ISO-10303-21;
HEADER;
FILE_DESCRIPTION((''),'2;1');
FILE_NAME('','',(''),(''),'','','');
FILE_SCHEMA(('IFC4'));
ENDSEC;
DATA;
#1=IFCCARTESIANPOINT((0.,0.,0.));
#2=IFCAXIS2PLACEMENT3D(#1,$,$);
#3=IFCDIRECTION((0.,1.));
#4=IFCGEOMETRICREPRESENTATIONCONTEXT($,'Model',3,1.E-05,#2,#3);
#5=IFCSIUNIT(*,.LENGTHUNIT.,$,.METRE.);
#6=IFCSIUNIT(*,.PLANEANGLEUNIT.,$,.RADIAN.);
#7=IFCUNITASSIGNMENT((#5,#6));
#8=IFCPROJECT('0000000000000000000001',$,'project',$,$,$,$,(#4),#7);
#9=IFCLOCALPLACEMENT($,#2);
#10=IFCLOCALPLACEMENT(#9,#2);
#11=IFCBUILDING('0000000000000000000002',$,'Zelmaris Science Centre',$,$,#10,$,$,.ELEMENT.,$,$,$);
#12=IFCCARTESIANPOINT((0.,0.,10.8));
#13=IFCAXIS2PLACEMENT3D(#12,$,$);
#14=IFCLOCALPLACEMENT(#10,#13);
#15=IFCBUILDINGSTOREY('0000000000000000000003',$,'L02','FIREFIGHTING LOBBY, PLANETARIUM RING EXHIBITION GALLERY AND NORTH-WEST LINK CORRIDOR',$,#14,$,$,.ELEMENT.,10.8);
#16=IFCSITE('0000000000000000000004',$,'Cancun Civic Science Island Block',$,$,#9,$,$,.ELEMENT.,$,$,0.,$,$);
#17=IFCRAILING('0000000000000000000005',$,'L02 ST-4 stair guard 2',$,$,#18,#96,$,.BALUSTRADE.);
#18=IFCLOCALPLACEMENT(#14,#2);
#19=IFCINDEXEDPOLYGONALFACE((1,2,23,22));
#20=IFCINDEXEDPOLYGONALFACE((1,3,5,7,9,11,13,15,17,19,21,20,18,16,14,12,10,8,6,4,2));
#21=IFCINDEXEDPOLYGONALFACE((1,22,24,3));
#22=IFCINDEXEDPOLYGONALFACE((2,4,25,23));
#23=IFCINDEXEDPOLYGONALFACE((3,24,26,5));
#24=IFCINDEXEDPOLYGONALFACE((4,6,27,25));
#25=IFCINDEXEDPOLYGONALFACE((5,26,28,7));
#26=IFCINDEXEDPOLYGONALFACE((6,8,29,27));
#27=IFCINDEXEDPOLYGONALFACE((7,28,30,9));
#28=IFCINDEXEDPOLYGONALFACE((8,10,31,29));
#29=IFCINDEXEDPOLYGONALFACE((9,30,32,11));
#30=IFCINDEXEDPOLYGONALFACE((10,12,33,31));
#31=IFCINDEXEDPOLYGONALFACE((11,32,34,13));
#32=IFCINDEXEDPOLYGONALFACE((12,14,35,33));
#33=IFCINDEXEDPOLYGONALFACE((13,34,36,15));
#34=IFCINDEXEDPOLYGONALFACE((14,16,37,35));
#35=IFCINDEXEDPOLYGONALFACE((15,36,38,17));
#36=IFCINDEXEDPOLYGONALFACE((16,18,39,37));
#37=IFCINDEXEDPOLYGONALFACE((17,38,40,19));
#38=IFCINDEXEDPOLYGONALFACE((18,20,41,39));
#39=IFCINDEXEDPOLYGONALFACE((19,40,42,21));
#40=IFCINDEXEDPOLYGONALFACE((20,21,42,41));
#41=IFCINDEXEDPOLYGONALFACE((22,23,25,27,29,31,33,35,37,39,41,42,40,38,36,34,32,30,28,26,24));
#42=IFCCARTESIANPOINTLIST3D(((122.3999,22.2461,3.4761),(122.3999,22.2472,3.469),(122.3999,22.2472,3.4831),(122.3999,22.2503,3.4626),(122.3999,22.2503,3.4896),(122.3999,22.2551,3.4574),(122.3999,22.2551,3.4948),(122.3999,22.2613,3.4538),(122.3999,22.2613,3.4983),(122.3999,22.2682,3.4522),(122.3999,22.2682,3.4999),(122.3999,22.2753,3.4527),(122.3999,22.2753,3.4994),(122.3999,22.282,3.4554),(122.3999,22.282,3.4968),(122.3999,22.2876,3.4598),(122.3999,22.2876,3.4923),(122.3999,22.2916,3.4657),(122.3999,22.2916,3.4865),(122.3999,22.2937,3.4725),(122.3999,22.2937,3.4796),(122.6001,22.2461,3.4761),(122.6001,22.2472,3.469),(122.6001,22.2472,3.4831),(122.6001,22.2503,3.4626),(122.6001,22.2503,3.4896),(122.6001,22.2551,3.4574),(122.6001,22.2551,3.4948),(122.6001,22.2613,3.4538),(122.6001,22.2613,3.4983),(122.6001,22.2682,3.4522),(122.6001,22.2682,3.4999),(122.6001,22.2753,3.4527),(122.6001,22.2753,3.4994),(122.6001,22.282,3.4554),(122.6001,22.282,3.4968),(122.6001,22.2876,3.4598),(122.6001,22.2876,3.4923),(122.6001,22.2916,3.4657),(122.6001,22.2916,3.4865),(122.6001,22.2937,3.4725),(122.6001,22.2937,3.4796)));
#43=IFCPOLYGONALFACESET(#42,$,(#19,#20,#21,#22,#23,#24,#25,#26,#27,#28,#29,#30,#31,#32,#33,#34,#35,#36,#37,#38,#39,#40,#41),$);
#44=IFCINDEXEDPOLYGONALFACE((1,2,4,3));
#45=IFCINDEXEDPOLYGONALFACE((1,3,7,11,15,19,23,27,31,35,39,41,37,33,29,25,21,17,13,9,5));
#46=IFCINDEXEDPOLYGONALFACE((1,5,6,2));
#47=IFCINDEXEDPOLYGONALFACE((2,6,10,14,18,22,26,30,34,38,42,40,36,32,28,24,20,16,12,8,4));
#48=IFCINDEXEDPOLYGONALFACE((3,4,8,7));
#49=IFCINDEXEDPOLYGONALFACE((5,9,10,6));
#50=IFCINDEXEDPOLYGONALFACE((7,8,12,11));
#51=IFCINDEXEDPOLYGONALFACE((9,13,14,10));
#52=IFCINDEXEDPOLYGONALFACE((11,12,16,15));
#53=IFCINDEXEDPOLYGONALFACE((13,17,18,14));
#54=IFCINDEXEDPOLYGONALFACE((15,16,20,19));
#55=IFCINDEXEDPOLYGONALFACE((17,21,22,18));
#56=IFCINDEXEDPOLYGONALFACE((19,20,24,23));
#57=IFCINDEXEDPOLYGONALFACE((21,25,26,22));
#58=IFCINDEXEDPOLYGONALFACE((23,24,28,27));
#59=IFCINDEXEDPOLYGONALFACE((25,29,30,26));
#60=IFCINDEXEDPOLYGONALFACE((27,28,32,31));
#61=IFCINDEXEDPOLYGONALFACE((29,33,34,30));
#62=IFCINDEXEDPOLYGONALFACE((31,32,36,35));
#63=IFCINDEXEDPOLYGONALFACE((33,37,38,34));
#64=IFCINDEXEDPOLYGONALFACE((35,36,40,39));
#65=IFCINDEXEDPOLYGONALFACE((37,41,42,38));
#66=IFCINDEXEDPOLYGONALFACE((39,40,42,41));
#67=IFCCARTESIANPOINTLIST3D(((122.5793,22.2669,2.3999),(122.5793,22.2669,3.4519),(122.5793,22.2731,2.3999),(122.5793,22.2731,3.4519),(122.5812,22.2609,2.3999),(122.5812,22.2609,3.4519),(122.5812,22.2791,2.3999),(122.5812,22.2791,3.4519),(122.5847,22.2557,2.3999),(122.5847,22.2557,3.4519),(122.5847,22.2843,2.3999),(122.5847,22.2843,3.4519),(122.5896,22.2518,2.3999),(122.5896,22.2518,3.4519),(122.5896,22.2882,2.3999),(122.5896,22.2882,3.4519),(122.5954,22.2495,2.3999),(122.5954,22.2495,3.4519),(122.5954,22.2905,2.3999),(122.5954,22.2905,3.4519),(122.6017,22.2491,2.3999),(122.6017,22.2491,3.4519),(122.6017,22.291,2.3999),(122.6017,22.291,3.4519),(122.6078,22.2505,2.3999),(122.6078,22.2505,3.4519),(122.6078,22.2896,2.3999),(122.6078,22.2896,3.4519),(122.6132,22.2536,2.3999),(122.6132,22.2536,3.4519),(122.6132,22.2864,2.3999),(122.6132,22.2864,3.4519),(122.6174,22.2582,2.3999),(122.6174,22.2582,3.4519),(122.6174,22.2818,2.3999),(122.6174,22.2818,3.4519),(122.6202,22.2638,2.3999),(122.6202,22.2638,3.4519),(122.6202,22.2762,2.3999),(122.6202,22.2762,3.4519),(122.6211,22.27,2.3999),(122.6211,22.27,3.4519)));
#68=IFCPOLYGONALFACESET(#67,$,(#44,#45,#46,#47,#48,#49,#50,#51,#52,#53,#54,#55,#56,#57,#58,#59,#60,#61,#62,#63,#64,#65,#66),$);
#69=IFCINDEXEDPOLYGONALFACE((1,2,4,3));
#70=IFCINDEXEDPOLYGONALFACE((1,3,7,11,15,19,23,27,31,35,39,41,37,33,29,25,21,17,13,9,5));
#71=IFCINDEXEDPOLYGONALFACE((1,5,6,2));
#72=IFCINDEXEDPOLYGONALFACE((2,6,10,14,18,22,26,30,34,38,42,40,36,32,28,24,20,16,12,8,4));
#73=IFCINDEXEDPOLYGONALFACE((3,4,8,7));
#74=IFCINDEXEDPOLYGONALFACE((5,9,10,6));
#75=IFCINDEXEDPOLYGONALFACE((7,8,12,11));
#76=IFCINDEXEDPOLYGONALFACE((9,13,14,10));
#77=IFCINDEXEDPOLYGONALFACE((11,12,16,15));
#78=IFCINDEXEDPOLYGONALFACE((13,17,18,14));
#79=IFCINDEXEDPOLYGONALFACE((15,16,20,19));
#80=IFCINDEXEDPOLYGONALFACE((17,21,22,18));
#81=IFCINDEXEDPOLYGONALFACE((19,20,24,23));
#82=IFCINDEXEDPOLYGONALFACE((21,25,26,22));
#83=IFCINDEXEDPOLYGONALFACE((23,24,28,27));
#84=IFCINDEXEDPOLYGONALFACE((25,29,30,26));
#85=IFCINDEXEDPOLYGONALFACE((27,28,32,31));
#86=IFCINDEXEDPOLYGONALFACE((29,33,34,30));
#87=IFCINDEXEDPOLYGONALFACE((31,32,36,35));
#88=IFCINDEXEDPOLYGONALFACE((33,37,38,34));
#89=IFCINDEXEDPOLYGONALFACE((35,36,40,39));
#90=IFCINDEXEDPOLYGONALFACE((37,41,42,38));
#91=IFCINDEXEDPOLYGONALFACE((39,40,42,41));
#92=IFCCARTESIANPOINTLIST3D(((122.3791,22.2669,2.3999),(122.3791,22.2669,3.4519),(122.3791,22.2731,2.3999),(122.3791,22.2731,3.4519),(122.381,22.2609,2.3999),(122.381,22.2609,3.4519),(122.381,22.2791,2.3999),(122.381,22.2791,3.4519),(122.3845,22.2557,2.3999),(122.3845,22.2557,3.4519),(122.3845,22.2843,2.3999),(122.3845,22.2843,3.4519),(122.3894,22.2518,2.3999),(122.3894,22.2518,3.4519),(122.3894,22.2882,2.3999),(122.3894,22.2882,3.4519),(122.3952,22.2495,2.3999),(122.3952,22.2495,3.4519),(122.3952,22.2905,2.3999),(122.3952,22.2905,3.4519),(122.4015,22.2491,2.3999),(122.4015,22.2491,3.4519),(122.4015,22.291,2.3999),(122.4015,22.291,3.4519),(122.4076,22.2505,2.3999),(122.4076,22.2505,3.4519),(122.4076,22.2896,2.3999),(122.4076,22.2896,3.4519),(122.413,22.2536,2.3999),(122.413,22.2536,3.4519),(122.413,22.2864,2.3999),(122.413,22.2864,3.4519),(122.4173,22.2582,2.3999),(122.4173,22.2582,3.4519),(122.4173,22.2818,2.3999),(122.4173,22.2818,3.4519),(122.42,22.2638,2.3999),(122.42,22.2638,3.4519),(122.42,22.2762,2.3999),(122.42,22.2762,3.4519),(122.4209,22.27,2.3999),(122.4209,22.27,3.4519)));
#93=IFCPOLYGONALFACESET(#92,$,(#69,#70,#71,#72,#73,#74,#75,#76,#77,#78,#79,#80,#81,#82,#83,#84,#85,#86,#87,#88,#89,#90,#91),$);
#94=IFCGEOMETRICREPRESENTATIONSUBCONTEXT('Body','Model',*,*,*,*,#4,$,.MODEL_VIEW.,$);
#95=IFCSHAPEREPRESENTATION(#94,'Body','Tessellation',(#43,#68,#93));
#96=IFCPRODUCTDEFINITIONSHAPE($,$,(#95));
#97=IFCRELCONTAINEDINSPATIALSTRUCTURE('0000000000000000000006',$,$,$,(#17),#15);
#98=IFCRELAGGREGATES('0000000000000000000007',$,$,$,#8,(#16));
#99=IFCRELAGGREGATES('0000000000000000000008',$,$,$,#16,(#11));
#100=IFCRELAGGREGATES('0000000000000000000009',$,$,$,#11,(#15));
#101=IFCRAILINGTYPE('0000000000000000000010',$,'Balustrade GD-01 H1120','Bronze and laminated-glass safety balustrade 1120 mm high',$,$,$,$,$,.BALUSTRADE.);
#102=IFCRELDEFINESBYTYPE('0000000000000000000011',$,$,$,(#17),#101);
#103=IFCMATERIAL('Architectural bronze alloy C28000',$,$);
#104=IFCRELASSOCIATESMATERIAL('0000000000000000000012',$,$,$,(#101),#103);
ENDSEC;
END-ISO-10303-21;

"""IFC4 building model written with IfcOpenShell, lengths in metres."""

from ifc_helpers import new_model, si_unit, direction, frame, origin, origin_2d, place, context, subcontext, project, spatial, circle, extrude, material, type_object, element, save


model = new_model("IFC4")

# Units and contexts
model_context = context("Model", 3, precision=1e-05, world=origin(), true_north=direction((0.0, 1.0)))
body_context = subcontext(model_context, "Body", "Model", "MODEL_VIEW")
ifc_project = project(units=[si_unit("LENGTHUNIT", "METRE"), si_unit("PLANEANGLEUNIT", "RADIAN")], contexts=[model_context])

# Site, building, storey
site_placement = place(None, origin())
site = spatial("IfcSite", under=ifc_project, at=site_placement, Name="Cancun Civic Science Island Block", CompositionType="ELEMENT", RefElevation=0.0)
building_placement = place(site_placement, origin())
building = spatial("IfcBuilding", under=site, at=building_placement, Name="Zelmaris Science Centre", CompositionType="ELEMENT")
storey_placement = place(building_placement, frame((0.0, 0.0, 10.8)))
storey = spatial("IfcBuildingStorey", under=building, at=storey_placement, Name="L02", Description="FIREFIGHTING LOBBY, PLANETARIUM RING EXHIBITION GALLERY AND NORTH-WEST LINK CORRIDOR", CompositionType="ELEMENT", Elevation=10.8)

# Shared definitions
ifc_material_1 = material(Name="Architectural bronze alloy C28000")

# Railing
railing_type_1 = type_object("IfcRailingType", Name="Balustrade GD-01 H1120", Description="Bronze and laminated-glass safety balustrade 1120 mm high", PredefinedType="BALUSTRADE", material=ifc_material_1)
railing_1_placement = place(storey_placement, frame((122.6001, 22.27, 2.3999)))
element("IfcRailing", 1, at=railing_1_placement, inside=storey, type_object=railing_type_1, Name="L02 ST-4 stair guard 2", PredefinedType="BALUSTRADE", context=body_context, shape_type="SweptSolid", body=[
    extrude(circle(Radius=0.0239, at=origin_2d()), frame((0.0, 0.0, 1.0762), z_axis=(-1.0, 0.0, 0.0), x_axis=(0.0, -1.0, 0.0)), (0.0, 0.0, 1.0), 0.2002),
    extrude(circle(Radius=0.021, at=origin_2d()), origin(), (0.0, 0.0, 1.0), 1.052),
    extrude(circle(Radius=0.021, at=origin_2d()), frame((-0.2002, 0.0, 0.0)), (0.0, 0.0, 1.0), 1.052),
])

save(model, "model.ifc")
